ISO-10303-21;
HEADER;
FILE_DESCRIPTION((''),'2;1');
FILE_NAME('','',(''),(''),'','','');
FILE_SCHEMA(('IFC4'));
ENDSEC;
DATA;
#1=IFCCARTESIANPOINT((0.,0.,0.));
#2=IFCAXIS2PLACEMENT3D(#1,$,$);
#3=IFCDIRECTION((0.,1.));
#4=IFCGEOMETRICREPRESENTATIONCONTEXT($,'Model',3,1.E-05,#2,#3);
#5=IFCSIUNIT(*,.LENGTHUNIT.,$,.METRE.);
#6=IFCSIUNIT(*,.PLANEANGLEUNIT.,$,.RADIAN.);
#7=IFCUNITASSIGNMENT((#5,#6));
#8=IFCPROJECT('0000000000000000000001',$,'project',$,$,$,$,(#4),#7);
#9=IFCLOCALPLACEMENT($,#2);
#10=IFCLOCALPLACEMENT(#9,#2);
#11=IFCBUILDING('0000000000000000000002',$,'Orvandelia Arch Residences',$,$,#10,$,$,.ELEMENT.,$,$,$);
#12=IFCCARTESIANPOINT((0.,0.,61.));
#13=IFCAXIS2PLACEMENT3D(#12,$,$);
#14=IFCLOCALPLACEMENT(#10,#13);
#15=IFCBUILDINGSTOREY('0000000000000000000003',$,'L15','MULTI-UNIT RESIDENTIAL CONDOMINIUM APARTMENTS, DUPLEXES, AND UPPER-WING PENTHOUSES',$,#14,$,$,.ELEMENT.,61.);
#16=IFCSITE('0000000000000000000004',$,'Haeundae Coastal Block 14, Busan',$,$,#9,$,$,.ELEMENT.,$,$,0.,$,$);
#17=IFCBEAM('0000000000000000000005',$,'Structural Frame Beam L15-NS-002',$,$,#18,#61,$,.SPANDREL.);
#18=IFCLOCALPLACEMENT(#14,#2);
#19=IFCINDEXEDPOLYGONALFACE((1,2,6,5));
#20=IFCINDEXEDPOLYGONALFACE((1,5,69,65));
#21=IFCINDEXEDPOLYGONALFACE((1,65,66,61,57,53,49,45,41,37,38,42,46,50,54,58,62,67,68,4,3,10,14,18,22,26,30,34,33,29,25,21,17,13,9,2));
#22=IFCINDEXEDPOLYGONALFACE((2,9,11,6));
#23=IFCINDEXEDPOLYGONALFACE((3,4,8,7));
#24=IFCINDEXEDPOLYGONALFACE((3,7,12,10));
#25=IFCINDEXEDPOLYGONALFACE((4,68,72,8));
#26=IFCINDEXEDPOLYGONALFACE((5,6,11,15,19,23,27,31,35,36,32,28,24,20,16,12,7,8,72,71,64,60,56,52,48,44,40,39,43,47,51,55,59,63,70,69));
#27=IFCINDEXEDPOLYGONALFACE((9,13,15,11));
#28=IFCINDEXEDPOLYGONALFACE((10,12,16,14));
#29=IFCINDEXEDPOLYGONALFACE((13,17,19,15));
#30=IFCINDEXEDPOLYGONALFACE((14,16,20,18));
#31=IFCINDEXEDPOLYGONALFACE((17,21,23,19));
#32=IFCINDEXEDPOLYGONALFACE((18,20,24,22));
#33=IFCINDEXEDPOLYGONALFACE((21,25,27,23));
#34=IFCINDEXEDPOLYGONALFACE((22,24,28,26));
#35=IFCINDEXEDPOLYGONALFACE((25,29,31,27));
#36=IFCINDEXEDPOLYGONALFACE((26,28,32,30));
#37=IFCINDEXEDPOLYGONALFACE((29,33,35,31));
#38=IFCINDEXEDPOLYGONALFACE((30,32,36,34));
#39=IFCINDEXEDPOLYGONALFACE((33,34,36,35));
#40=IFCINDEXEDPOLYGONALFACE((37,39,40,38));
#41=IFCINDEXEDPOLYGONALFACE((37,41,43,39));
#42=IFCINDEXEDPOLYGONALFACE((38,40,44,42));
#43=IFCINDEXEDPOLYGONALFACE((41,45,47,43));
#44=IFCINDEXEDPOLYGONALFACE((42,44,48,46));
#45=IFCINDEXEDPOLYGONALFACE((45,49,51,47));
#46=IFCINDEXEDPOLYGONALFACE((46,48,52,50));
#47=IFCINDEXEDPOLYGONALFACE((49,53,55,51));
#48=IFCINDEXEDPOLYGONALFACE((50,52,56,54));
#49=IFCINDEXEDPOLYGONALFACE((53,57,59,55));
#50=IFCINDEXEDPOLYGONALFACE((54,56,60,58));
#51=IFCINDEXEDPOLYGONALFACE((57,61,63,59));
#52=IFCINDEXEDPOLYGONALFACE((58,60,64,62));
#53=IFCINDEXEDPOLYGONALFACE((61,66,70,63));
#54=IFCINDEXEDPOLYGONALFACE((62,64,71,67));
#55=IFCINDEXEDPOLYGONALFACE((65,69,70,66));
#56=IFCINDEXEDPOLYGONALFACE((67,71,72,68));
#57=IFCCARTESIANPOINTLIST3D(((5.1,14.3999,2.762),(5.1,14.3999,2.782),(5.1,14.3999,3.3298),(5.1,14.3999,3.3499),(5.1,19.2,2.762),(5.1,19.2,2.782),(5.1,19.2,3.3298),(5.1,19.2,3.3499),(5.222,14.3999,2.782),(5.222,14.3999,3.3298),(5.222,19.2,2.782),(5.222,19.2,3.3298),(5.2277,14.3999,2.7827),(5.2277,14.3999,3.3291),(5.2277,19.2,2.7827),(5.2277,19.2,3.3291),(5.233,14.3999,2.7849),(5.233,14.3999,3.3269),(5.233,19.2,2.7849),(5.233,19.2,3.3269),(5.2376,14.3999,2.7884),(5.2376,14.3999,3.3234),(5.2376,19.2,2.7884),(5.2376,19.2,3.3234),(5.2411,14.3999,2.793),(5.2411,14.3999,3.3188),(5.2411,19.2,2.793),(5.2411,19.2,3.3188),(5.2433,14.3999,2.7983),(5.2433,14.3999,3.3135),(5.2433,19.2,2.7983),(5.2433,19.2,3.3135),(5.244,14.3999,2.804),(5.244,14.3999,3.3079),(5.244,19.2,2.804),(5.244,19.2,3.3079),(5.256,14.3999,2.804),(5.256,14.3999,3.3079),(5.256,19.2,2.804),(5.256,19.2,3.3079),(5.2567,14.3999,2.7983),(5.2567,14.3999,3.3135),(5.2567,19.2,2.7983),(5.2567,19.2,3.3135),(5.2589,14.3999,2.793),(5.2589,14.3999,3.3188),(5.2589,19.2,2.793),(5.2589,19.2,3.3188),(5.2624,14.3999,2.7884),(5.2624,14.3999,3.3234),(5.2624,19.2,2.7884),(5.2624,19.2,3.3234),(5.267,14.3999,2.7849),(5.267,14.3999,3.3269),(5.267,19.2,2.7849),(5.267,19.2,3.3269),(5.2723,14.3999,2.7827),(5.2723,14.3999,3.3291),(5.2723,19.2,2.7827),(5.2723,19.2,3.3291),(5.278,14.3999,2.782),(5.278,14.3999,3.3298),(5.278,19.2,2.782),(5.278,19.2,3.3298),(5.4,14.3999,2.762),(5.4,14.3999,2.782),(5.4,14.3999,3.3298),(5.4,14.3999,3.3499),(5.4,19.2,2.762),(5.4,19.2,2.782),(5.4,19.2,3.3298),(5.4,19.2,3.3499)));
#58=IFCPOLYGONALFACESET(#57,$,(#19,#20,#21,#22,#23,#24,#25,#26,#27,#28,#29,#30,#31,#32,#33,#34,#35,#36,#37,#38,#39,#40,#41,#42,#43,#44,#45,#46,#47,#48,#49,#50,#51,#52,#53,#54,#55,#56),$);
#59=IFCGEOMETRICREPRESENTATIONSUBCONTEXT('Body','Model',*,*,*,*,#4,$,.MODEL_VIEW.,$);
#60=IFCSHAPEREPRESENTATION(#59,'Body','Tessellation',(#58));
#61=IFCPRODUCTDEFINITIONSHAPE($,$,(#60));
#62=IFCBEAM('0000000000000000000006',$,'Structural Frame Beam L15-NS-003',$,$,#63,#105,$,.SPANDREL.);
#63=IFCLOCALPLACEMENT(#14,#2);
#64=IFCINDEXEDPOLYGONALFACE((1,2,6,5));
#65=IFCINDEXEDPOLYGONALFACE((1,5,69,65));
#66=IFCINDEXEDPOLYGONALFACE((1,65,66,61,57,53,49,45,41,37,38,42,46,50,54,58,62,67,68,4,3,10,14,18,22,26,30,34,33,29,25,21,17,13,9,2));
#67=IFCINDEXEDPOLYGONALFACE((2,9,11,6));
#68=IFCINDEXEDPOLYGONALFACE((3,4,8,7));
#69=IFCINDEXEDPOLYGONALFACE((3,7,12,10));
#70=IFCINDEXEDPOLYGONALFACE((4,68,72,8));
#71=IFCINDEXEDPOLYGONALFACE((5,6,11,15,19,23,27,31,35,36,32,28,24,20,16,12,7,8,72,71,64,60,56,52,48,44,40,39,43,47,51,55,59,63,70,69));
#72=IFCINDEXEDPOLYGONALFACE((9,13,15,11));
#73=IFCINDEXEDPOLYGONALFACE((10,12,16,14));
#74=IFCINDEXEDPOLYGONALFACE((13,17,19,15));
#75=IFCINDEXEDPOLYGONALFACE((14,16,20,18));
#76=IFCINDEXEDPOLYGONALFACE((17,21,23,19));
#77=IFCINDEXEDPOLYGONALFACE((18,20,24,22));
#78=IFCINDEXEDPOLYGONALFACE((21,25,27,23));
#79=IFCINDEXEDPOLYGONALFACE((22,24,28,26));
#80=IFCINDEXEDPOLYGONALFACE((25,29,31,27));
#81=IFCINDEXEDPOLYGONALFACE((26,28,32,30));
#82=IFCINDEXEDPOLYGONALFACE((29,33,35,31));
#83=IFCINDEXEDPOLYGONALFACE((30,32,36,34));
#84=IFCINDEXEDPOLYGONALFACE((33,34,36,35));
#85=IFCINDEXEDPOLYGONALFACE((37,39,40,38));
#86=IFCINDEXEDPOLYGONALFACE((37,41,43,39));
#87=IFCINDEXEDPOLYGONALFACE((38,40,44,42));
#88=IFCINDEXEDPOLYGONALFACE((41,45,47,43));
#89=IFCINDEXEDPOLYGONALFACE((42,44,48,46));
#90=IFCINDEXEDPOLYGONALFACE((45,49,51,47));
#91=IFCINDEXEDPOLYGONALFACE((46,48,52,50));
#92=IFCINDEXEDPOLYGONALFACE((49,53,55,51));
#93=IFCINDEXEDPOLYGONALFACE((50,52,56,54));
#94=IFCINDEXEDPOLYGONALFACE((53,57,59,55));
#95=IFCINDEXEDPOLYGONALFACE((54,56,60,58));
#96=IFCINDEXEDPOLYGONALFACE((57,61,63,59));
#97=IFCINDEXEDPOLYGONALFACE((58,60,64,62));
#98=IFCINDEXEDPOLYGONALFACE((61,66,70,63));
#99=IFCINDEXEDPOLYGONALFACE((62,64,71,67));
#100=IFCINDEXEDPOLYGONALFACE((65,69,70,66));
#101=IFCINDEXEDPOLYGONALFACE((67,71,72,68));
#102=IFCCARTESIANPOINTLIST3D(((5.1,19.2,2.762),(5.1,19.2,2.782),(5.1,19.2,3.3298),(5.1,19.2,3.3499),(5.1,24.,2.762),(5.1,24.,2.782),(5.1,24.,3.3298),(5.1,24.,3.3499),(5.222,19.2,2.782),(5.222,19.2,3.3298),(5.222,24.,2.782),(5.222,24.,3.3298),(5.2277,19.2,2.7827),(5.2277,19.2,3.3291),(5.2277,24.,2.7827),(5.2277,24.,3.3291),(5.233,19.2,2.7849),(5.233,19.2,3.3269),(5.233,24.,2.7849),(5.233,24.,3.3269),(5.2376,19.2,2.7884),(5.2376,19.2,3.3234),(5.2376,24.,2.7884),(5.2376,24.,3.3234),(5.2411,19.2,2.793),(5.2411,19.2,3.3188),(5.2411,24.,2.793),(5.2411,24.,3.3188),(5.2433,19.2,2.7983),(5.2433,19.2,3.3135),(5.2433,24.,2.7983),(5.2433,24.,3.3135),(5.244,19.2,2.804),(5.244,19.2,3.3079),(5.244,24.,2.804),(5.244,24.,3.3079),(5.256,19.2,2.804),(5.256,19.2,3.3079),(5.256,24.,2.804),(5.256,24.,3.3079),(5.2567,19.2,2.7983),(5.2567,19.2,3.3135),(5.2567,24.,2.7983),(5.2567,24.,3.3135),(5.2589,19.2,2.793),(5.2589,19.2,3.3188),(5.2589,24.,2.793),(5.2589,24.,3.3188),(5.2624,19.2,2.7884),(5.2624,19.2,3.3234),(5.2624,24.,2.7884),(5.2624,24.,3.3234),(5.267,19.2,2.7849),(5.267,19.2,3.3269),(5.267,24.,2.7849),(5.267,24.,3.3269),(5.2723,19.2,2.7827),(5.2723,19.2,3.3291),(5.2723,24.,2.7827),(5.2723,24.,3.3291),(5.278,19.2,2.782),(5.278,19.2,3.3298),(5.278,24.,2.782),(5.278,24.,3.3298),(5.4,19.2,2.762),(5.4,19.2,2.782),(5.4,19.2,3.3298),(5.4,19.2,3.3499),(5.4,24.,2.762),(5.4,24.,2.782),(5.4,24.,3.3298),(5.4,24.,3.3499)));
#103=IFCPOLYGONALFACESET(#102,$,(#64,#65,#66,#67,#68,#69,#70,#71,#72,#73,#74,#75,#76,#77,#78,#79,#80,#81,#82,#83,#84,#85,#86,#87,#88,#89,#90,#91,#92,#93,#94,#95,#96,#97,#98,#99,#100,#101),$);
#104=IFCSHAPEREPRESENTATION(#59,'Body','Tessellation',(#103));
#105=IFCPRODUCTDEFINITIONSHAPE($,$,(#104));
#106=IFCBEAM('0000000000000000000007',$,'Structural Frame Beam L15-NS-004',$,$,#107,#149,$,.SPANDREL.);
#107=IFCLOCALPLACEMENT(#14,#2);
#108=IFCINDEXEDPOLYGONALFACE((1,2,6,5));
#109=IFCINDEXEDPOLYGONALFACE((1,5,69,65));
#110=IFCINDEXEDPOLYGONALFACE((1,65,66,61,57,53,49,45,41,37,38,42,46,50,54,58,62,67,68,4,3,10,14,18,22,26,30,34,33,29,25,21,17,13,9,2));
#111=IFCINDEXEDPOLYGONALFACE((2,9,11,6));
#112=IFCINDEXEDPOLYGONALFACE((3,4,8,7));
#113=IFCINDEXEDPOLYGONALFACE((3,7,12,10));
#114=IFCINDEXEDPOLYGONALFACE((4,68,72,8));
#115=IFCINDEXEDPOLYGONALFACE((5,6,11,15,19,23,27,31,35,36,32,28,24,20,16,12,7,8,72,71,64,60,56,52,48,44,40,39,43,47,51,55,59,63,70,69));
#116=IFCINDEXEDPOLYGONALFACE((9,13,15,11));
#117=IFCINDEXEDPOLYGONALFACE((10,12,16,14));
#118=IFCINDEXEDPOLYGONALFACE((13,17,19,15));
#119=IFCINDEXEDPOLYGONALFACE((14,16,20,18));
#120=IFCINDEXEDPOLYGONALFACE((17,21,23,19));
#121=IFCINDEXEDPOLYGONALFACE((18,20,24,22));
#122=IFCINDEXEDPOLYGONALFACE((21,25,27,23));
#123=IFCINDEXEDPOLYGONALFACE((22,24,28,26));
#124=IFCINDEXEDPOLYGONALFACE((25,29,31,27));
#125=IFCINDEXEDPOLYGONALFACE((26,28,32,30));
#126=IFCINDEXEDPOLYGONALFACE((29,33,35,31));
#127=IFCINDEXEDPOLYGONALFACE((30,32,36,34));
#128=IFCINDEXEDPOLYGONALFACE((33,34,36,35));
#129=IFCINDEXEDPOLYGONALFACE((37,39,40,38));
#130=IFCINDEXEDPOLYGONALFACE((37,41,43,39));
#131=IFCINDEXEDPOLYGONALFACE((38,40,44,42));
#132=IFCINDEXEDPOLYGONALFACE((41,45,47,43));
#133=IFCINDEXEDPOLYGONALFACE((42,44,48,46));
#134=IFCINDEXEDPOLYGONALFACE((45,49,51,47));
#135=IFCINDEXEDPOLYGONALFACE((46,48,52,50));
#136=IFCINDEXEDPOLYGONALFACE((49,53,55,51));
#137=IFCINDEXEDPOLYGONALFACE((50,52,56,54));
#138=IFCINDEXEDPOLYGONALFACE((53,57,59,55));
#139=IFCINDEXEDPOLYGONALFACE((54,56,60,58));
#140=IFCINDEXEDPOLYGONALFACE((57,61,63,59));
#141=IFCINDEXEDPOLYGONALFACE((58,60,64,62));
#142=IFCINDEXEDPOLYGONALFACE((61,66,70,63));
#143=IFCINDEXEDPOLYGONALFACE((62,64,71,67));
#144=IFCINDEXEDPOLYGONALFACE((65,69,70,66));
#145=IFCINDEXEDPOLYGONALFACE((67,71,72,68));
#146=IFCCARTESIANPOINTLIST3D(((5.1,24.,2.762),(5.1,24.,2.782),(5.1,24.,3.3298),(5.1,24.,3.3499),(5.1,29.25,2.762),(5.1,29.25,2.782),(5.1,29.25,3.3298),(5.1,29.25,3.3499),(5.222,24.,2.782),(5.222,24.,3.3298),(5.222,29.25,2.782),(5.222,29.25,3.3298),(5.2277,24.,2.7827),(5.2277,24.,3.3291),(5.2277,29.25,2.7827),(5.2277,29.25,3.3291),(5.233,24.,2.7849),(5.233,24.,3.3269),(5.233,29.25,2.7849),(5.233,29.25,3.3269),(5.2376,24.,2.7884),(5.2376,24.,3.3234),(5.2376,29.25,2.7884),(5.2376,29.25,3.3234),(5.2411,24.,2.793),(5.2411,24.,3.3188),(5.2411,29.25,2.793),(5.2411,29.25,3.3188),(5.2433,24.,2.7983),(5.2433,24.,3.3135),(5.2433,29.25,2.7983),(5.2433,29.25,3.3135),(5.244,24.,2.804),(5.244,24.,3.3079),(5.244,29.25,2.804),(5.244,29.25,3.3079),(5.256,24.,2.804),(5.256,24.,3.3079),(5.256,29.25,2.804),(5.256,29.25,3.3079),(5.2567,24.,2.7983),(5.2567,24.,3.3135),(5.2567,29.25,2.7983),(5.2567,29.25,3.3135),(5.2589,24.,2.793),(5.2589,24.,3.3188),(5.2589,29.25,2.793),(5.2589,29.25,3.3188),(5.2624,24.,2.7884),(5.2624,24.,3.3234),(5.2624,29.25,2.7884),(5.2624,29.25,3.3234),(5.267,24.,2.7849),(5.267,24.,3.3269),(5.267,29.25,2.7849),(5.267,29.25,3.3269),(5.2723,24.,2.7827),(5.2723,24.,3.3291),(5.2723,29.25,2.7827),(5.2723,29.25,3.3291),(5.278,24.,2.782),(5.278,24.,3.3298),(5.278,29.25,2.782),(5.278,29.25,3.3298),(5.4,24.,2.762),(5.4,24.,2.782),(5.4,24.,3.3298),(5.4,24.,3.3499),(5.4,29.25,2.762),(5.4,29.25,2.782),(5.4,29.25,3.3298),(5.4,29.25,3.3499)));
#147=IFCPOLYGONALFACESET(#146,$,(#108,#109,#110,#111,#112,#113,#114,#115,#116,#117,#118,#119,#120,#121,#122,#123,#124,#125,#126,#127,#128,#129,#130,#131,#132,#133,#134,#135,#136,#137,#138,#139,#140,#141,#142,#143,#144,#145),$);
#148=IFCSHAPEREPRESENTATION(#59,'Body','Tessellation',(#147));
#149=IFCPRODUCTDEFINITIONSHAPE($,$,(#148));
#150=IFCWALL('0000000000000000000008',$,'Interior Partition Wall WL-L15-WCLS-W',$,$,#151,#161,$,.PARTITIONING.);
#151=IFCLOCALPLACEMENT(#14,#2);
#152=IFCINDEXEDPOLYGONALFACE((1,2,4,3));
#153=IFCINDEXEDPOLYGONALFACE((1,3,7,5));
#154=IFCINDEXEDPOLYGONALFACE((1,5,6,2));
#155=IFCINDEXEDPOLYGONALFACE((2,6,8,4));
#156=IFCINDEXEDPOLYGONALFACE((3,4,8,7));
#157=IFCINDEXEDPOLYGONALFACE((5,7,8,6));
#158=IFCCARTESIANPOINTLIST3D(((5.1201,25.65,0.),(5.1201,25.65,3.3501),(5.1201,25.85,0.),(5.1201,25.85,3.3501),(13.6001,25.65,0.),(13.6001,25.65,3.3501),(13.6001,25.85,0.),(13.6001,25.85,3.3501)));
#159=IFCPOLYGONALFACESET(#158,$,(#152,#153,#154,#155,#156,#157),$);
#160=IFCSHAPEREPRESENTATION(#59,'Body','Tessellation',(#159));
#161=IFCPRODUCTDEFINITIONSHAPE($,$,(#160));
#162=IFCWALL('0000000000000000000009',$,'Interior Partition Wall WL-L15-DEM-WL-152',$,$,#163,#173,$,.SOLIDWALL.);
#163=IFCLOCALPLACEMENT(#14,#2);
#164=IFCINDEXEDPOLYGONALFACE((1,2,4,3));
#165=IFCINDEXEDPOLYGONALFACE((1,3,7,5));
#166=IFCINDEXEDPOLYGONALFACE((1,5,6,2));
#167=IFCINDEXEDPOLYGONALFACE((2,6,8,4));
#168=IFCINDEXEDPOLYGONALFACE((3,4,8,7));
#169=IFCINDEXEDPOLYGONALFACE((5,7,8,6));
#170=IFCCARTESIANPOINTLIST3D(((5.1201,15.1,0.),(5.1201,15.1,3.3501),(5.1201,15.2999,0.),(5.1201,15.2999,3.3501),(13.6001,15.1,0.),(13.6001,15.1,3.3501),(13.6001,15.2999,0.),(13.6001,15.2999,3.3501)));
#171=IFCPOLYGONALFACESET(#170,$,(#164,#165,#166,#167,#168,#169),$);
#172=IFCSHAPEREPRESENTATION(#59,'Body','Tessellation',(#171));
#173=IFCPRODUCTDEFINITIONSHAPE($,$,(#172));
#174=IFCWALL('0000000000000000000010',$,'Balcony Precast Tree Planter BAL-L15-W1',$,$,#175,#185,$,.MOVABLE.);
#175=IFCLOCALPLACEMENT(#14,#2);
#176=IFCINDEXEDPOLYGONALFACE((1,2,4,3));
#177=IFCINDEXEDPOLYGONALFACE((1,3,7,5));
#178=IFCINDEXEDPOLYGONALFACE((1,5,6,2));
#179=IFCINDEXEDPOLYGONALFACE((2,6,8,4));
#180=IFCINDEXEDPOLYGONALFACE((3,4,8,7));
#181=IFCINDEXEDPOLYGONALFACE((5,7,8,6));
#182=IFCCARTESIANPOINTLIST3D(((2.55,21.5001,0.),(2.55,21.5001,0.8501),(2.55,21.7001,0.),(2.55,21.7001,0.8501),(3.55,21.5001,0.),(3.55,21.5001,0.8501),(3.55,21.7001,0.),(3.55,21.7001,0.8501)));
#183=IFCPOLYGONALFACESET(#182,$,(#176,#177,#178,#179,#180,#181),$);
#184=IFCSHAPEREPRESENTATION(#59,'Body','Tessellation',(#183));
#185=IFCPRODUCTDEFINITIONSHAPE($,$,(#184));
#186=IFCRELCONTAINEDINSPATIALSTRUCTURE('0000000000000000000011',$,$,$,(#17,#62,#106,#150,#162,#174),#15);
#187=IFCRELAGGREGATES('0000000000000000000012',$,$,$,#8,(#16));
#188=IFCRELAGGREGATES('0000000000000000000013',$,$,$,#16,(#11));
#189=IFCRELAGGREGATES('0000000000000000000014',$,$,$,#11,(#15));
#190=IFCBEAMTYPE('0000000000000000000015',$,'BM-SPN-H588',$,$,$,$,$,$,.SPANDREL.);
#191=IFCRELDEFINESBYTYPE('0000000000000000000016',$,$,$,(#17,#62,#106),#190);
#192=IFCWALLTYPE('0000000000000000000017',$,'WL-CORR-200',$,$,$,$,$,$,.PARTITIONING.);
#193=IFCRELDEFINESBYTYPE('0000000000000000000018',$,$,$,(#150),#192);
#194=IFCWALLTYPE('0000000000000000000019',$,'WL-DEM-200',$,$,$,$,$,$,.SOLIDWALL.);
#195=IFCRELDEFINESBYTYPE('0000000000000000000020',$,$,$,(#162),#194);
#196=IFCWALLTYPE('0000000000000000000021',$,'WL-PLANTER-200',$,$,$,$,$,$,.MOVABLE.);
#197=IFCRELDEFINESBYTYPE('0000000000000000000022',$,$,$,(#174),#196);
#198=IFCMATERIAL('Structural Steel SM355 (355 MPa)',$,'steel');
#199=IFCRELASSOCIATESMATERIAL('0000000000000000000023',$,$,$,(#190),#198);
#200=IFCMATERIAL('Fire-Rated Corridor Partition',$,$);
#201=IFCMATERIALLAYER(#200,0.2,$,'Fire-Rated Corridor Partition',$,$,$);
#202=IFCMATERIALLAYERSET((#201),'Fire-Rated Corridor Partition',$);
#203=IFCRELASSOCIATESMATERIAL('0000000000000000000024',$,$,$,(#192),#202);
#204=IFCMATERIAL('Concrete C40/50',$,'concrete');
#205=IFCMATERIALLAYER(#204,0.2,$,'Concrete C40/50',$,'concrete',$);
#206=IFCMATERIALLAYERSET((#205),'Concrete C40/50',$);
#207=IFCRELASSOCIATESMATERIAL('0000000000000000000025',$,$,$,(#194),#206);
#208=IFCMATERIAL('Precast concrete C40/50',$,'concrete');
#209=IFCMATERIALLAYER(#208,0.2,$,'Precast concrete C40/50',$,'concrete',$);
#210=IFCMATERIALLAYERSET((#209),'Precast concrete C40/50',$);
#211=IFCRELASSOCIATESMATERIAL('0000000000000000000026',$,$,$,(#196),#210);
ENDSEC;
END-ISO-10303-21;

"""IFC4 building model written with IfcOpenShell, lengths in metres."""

from ifc_helpers import new_model, si_unit, direction, frame, frame_2d, origin, origin_2d, place, context, subcontext, project, spatial, rectangle, i_section, extrude, material, layer, layer_set, material_profile, profile_set, type_object, element, save


model = new_model("IFC4")

# Units and contexts
model_context = context("Model", 3, precision=1e-05, world=origin(), true_north=direction((0.0, 1.0)))
body_context = subcontext(model_context, "Body", "Model", "MODEL_VIEW")
ifc_project = project(units=[si_unit("LENGTHUNIT", "METRE"), si_unit("PLANEANGLEUNIT", "RADIAN")], contexts=[model_context])

# Site, building, storey
site_placement = place(None, origin())
site = spatial("IfcSite", under=ifc_project, at=site_placement, Name="Haeundae Coastal Block 14, Busan", CompositionType="ELEMENT", RefElevation=0.0)
building_placement = place(site_placement, origin())
building = spatial("IfcBuilding", under=site, at=building_placement, Name="Orvandelia Arch Residences", CompositionType="ELEMENT")
storey_placement = place(building_placement, frame((0.0, 0.0, 61.0)))
storey = spatial("IfcBuildingStorey", under=building, at=storey_placement, Name="L15", Description="MULTI-UNIT RESIDENTIAL CONDOMINIUM APARTMENTS, DUPLEXES, AND UPPER-WING PENTHOUSES", CompositionType="ELEMENT", Elevation=61.0)

# Beams
ifc_material_1 = material(Name="Structural Steel SM355 (355 MPa)", Category="steel")
ifc_material_profile_1 = material_profile(ifc_material_1, i_section(OverallWidth=0.3, OverallDepth=0.5879, WebThickness=0.012, FlangeThickness=0.02, FilletRadius=0.022, at=origin_2d()), Name="Structural Steel SM355 (355 MPa)", Category="steel")
ifc_profile_set_1 = profile_set([ifc_material_profile_1], Name="Structural Steel SM355 (355 MPa)")
beam_type_1 = type_object("IfcBeamType", Name="BM-SPN-H588", PredefinedType="SPANDREL", material=ifc_profile_set_1)
for number, where, z_axis, x_axis, name in (
    (1, (5.25, 14.3999, 3.0559), (0.0, 1.0, 0.0), (-1.0, 0.0, 0.0), "Structural Frame Beam L15-NS-002"),
    (2, (5.25, 19.2, 3.0559), (0.0, 1.0, 0.0), (-1.0, 0.0, 0.0), "Structural Frame Beam L15-NS-003"),
):
    element("IfcBeam", number, at=place(storey_placement, frame(where, z_axis=z_axis, x_axis=x_axis)), inside=storey, type_object=beam_type_1, Name=name, PredefinedType="SPANDREL", context=body_context, shape_type="SweptSolid", body=[
        extrude(i_section(OverallWidth=0.3, OverallDepth=0.5879, WebThickness=0.012, FlangeThickness=0.02, FilletRadius=0.022, at=origin_2d()), origin(), (0.0, 0.0, 1.0), 4.8),
    ])
beam_placement = place(storey_placement, frame((5.25, 24.0, 3.0559), z_axis=(0.0, 1.0, 0.0), x_axis=(-1.0, 0.0, 0.0)))
element("IfcBeam", 3, at=beam_placement, inside=storey, type_object=beam_type_1, Name="Structural Frame Beam L15-NS-004", PredefinedType="SPANDREL", context=body_context, shape_type="SweptSolid", body=[
    extrude(i_section(OverallWidth=0.3, OverallDepth=0.5879, WebThickness=0.012, FlangeThickness=0.02, FilletRadius=0.022, at=origin_2d()), origin(), (0.0, 0.0, 1.0), 5.25),
])

# Walls
ifc_material_2 = material(Name="Fire-Rated Corridor Partition")
ifc_layer_1 = layer(ifc_material_2, 0.2, Name="Fire-Rated Corridor Partition")
ifc_layer_set_1 = layer_set([ifc_layer_1], Name="Fire-Rated Corridor Partition")
wall_type_1 = type_object("IfcWallType", Name="WL-CORR-200", PredefinedType="PARTITIONING", material=ifc_layer_set_1)
wall_1_placement = place(storey_placement, frame((5.1201, 25.75, 0.0), z_axis=(0.0, 0.0, 1.0), x_axis=(1.0, 0.0, 0.0)))
element("IfcWall", 4, at=wall_1_placement, inside=storey, type_object=wall_type_1, Name="Interior Partition Wall WL-L15-WCLS-W", PredefinedType="PARTITIONING", context=body_context, shape_type="SweptSolid", body=[
    extrude(rectangle(XDim=8.48, YDim=0.2, at=frame_2d((4.24, 0.0))), origin(), (0.0, 0.0, 1.0), 3.3501),
])
ifc_material_3 = material(Name="Concrete C40/50", Category="concrete")
ifc_layer_2 = layer(ifc_material_3, 0.2, Name="Concrete C40/50", Category="concrete")
ifc_layer_set_2 = layer_set([ifc_layer_2], Name="Concrete C40/50")
wall_type_2 = type_object("IfcWallType", Name="WL-DEM-200", PredefinedType="SOLIDWALL", material=ifc_layer_set_2)
wall_2_placement = place(storey_placement, frame((5.1201, 15.2, 0.0), z_axis=(0.0, 0.0, 1.0), x_axis=(1.0, 0.0, 0.0)))
element("IfcWall", 5, at=wall_2_placement, inside=storey, type_object=wall_type_2, Name="Interior Partition Wall WL-L15-DEM-WL-152", PredefinedType="SOLIDWALL", context=body_context, shape_type="SweptSolid", body=[
    extrude(rectangle(XDim=8.48, YDim=0.2, at=frame_2d((4.24, 0.0))), origin(), (0.0, 0.0, 1.0), 3.3501),
])
ifc_material_4 = material(Name="Precast concrete C40/50", Category="concrete")
ifc_layer_3 = layer(ifc_material_4, 0.2, Name="Precast concrete C40/50", Category="concrete")
ifc_layer_set_3 = layer_set([ifc_layer_3], Name="Precast concrete C40/50")
wall_type_3 = type_object("IfcWallType", Name="WL-PLANTER-200", PredefinedType="MOVABLE", material=ifc_layer_set_3)
wall_3_placement = place(storey_placement, frame((2.55, 21.6001, 0.0), z_axis=(0.0, 0.0, 1.0), x_axis=(1.0, 0.0, 0.0)))
element("IfcWall", 6, at=wall_3_placement, inside=storey, type_object=wall_type_3, Name="Balcony Precast Tree Planter BAL-L15-W1", PredefinedType="MOVABLE", context=body_context, shape_type="SweptSolid", body=[
    extrude(rectangle(XDim=1.0, YDim=0.2, at=frame_2d((0.5, 0.0))), origin(), (0.0, 0.0, 1.0), 0.8501),
])

save(model, "model.ifc")
